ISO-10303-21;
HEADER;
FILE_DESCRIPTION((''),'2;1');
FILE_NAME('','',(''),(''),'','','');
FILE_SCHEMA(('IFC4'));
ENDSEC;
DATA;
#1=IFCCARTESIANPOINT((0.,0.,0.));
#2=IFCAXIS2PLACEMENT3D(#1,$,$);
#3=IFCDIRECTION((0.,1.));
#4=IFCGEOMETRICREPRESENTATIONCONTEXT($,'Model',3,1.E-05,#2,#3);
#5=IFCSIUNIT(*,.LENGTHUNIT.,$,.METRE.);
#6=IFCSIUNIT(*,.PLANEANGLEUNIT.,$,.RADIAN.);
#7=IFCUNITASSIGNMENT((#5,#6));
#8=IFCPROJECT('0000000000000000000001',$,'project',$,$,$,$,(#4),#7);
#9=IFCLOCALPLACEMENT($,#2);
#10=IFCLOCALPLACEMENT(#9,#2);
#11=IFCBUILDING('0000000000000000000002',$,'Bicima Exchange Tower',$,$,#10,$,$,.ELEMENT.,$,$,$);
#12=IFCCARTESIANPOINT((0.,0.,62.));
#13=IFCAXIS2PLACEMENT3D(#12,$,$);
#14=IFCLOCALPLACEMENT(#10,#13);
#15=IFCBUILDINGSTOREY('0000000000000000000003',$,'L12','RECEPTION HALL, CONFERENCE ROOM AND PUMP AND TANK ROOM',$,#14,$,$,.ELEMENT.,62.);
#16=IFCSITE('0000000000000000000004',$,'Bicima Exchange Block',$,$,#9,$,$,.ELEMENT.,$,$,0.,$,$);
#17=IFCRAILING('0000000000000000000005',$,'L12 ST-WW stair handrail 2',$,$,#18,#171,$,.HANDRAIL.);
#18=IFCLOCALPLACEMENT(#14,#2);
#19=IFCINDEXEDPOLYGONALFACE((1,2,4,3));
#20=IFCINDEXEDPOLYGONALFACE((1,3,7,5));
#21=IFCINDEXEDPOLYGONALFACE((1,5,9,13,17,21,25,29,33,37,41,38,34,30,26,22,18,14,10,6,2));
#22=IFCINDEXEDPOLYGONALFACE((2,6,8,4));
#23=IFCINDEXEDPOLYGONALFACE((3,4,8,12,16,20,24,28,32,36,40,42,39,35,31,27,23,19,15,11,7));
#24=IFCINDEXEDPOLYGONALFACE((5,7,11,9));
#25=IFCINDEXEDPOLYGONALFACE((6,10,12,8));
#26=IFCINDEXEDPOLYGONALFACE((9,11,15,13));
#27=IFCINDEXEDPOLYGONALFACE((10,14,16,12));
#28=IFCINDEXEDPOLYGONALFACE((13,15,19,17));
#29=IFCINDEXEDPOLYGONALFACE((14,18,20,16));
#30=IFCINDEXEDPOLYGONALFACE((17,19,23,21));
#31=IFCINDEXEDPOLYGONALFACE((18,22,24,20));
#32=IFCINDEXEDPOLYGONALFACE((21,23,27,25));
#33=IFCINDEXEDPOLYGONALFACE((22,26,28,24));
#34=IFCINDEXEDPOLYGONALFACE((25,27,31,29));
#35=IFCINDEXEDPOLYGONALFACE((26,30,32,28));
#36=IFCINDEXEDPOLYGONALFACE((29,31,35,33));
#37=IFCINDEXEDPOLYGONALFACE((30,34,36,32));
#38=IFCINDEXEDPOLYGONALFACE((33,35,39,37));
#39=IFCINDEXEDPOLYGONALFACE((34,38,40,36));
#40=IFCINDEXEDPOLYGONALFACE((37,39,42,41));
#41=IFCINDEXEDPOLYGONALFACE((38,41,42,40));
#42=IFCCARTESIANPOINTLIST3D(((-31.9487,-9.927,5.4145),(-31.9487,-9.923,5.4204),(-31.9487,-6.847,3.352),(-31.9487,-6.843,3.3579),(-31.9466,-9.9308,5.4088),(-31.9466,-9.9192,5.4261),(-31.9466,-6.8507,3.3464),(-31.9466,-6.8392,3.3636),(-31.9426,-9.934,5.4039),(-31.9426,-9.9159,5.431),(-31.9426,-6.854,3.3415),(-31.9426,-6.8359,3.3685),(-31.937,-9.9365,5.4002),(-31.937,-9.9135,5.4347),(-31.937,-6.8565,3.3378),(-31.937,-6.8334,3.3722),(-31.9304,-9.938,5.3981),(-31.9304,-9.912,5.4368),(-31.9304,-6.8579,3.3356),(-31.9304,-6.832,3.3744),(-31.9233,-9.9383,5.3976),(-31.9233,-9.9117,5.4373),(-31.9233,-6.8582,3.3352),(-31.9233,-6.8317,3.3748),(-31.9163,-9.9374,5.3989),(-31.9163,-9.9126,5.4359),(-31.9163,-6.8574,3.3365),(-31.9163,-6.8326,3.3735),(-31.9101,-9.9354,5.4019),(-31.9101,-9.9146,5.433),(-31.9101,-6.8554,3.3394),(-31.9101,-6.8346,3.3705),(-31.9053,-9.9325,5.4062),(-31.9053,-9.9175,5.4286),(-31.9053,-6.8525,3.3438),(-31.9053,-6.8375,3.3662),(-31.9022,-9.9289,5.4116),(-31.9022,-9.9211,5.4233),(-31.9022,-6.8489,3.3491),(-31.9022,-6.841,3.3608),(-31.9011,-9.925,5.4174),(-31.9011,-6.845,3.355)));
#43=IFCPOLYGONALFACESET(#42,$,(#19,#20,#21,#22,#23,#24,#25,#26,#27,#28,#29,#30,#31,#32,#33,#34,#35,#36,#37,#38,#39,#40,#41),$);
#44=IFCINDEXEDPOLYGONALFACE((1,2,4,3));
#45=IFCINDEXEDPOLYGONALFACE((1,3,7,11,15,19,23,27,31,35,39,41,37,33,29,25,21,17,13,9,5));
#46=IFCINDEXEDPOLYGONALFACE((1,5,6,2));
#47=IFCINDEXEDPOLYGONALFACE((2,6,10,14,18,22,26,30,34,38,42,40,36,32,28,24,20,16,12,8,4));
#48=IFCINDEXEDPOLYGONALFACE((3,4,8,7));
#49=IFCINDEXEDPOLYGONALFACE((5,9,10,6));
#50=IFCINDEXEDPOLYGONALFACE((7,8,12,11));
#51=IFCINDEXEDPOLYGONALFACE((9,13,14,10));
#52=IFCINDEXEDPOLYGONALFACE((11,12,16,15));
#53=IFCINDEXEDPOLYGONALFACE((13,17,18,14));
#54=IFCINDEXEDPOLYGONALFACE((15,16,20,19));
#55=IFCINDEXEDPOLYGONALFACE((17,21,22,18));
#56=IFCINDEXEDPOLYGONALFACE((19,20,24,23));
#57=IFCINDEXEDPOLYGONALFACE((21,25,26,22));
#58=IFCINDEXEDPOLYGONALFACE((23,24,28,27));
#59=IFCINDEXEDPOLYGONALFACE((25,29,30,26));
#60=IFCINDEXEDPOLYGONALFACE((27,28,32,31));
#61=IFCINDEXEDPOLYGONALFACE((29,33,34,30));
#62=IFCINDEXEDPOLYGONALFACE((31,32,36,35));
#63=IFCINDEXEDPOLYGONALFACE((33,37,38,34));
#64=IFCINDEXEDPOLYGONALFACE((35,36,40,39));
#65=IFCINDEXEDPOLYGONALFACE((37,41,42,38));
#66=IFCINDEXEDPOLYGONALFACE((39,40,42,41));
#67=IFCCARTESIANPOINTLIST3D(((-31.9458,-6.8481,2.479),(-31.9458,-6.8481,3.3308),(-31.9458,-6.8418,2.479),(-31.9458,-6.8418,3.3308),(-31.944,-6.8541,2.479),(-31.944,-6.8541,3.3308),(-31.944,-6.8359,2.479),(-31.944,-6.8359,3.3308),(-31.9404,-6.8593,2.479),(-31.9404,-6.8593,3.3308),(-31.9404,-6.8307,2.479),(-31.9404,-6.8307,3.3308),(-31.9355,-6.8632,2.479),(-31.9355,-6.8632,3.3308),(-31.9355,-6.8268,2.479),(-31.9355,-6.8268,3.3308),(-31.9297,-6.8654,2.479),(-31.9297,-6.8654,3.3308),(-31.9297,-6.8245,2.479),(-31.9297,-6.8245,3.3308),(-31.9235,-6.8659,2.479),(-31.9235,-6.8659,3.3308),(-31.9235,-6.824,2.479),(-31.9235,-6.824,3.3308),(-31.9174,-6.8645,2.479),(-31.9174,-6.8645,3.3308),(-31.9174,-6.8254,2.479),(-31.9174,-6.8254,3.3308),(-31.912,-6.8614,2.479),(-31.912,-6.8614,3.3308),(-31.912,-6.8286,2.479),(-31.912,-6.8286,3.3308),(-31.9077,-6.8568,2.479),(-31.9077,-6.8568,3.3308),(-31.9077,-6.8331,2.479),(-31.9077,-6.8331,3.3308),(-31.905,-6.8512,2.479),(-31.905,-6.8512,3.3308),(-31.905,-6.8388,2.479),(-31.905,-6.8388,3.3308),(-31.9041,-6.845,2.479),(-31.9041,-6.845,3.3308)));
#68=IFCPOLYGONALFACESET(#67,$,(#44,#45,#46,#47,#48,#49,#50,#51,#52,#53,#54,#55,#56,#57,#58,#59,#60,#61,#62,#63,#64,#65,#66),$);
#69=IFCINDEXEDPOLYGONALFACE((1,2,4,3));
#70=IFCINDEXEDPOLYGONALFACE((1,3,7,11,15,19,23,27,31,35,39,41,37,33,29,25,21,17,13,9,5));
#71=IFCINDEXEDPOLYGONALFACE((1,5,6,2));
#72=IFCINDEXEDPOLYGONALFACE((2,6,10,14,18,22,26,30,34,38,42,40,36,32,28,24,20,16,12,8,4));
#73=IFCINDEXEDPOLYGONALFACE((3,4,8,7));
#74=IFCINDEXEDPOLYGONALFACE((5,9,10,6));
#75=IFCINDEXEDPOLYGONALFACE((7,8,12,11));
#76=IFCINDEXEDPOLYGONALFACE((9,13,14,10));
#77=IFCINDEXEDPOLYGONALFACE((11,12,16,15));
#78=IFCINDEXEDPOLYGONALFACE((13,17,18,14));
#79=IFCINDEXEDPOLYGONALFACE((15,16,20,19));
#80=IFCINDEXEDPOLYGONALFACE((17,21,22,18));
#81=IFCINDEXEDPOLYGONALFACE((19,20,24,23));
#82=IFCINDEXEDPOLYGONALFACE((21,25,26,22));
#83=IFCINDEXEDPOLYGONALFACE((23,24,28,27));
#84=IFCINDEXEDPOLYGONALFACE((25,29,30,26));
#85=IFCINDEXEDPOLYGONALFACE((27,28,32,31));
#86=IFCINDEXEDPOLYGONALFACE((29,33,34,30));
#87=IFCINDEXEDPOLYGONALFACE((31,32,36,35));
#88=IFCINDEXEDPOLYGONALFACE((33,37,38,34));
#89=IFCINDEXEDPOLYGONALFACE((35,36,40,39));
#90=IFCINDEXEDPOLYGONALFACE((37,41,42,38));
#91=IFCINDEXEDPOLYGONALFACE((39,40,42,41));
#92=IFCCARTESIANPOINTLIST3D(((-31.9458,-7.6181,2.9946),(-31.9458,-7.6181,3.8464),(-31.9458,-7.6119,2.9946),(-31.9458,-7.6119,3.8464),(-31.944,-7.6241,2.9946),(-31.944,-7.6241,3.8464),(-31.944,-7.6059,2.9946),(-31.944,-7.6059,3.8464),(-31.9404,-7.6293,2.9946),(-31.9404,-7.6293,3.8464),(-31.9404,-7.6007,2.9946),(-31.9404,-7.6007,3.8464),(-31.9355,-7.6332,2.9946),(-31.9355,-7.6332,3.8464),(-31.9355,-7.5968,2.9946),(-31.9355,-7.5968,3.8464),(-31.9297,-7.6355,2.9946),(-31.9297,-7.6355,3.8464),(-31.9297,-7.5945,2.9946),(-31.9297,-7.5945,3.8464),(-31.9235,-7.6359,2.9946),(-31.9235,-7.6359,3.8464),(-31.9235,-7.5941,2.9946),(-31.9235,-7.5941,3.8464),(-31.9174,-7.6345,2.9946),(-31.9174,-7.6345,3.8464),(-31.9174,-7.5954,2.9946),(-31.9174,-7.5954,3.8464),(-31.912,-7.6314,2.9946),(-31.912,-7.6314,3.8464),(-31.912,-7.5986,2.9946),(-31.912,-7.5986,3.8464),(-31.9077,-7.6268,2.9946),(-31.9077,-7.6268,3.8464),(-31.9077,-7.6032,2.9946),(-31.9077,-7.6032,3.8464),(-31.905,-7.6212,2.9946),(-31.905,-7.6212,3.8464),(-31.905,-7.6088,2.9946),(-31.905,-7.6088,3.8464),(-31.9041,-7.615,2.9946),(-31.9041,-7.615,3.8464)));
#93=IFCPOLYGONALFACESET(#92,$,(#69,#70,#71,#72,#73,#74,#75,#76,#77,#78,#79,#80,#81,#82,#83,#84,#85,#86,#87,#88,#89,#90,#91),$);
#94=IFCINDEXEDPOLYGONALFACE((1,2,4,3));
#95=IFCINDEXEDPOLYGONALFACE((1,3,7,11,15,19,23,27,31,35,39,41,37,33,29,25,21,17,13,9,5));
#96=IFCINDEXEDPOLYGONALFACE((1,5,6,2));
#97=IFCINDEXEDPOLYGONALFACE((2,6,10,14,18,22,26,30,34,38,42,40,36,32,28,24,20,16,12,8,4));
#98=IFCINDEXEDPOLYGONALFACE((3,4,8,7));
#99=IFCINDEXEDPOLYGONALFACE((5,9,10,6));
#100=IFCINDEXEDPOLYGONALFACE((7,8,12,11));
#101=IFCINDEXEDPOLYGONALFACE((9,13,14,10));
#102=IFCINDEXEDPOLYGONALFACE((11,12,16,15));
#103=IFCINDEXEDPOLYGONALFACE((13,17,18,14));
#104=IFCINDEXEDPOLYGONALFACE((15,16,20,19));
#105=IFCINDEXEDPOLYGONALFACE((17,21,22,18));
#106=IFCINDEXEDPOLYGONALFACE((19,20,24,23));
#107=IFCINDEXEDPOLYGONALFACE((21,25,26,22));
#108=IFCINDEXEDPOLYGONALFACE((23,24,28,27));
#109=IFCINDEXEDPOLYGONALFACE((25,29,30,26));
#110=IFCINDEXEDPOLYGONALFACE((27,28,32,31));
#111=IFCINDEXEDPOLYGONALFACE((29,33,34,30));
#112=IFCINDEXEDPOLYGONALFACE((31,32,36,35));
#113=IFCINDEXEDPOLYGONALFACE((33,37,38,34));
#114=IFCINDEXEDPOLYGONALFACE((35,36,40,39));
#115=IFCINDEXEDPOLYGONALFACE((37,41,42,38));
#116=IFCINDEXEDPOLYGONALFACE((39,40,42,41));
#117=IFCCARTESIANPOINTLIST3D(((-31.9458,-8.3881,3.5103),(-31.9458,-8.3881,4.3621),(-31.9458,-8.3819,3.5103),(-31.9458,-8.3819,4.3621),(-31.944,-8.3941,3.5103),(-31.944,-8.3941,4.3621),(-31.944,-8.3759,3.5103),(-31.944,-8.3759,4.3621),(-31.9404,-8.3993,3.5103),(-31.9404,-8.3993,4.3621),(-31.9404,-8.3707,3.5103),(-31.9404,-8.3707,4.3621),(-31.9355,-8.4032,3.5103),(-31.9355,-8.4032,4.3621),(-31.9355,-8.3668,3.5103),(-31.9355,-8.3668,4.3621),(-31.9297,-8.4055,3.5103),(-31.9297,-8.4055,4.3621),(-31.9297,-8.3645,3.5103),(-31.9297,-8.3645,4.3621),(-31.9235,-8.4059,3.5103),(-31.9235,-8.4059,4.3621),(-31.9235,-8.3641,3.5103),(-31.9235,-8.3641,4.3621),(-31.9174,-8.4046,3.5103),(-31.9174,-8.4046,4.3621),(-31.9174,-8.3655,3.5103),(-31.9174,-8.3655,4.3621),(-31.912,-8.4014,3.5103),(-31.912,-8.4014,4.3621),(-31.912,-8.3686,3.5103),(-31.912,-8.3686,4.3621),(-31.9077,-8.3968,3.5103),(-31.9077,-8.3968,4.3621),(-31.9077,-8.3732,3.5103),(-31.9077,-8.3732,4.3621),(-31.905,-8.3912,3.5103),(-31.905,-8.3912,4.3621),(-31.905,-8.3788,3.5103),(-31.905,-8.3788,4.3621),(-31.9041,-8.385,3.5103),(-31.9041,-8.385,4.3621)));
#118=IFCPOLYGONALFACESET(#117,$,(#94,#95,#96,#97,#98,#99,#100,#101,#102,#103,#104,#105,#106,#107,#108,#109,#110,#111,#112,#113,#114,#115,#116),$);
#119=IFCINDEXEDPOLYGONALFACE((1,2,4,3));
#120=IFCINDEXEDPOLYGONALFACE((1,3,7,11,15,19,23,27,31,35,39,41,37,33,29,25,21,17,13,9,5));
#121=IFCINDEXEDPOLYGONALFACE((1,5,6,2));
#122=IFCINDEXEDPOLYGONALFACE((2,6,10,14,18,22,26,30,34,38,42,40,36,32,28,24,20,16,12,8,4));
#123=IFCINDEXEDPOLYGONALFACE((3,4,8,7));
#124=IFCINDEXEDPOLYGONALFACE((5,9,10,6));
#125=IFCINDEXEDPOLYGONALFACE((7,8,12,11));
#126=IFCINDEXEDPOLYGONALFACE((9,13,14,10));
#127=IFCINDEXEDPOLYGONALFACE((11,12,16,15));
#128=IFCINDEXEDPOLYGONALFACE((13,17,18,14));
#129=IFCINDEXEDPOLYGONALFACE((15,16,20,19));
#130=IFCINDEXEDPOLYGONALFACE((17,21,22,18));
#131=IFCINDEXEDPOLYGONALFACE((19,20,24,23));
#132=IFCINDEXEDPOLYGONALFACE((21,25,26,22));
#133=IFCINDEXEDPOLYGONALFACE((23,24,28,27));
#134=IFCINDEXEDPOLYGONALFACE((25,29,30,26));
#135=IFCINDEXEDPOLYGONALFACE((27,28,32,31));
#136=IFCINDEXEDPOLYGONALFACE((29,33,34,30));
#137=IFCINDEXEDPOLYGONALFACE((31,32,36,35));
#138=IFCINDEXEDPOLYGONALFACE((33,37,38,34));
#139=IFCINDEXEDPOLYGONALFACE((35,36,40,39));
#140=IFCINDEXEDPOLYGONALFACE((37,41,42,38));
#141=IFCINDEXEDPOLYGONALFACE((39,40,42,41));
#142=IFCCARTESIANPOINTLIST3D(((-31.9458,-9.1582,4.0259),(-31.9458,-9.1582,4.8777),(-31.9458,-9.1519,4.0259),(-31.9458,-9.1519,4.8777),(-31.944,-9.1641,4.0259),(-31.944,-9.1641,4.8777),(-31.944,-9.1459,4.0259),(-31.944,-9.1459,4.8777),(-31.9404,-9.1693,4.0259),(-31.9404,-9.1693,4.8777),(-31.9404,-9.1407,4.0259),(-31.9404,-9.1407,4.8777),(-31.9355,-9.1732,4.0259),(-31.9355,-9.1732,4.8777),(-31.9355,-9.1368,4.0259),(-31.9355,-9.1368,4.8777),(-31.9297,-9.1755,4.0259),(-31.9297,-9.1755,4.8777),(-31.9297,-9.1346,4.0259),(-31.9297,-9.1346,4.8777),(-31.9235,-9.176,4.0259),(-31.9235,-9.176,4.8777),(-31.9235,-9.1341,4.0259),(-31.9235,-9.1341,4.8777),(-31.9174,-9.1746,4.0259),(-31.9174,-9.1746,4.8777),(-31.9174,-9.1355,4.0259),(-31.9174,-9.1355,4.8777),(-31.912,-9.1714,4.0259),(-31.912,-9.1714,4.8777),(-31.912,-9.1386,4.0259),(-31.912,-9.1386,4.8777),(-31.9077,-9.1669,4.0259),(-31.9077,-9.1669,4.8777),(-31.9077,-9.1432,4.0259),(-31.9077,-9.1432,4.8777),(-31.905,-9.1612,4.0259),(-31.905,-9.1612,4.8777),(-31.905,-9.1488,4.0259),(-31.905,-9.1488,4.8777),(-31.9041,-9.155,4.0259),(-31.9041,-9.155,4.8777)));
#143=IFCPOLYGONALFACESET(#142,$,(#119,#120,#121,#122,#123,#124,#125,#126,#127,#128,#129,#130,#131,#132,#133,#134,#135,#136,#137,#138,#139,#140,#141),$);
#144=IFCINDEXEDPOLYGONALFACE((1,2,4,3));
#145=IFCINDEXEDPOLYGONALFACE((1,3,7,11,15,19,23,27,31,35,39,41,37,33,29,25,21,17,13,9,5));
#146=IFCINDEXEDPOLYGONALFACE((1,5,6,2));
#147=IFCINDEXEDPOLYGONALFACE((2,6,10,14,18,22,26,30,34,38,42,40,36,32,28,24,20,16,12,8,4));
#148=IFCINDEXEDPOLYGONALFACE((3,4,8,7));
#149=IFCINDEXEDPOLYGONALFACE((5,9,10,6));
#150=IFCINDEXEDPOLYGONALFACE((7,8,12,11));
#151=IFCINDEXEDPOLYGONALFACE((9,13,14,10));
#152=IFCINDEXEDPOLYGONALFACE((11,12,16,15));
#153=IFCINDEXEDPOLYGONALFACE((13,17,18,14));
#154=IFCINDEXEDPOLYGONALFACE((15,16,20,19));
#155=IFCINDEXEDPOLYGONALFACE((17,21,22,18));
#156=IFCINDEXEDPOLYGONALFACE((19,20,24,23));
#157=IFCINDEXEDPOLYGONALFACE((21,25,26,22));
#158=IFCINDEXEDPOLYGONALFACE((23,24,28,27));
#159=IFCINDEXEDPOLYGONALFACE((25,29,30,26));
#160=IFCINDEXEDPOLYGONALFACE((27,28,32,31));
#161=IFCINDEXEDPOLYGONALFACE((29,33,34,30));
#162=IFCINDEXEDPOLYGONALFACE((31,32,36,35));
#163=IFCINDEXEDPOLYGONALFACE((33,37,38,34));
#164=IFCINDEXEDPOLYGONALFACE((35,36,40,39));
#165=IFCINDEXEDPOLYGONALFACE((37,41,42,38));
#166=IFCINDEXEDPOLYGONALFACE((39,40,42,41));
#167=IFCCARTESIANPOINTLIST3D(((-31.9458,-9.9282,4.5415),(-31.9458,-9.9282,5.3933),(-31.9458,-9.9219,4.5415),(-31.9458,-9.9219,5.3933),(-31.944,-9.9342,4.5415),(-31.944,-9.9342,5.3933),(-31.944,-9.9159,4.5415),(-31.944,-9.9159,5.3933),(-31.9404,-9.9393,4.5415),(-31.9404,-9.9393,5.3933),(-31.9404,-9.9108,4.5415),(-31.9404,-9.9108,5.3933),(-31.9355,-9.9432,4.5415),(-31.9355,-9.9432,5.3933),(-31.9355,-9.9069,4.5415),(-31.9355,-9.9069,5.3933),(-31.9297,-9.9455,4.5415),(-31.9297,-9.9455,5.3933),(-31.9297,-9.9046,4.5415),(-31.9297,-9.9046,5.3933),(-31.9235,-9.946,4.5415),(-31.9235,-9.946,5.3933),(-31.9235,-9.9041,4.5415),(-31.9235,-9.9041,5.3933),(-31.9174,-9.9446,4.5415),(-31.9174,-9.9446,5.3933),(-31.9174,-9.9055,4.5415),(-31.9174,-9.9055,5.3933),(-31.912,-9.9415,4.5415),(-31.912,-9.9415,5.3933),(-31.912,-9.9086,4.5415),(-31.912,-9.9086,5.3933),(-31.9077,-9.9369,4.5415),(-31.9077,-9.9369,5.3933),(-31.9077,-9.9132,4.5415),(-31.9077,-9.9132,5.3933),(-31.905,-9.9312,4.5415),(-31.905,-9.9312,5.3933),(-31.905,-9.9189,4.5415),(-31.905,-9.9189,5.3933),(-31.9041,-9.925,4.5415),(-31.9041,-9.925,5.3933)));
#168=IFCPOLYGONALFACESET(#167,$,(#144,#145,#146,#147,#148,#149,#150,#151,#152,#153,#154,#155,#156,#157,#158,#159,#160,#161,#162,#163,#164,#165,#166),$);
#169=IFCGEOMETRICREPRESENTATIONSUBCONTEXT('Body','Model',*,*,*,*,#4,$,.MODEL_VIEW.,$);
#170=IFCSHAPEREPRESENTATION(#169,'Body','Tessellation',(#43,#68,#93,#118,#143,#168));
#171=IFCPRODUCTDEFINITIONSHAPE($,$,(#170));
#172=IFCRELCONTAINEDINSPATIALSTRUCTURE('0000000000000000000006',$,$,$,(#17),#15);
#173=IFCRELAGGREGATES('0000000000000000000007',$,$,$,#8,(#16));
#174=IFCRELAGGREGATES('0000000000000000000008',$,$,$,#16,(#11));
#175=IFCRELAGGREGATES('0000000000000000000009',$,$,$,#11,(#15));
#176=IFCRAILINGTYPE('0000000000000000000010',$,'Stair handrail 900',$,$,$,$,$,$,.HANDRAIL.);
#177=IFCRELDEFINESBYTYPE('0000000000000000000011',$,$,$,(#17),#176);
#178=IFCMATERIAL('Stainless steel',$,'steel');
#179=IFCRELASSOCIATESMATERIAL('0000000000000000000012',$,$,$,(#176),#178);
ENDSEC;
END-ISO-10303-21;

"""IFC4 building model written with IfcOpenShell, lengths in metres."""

from ifc_helpers import new_model, si_unit, direction, frame, origin, origin_2d, place, context, subcontext, project, spatial, circle, extrude, material, type_object, element, save


model = new_model("IFC4")

# Units and contexts
model_context = context("Model", 3, precision=1e-05, world=origin(), true_north=direction((0.0, 1.0)))
body_context = subcontext(model_context, "Body", "Model", "MODEL_VIEW")
ifc_project = project(units=[si_unit("LENGTHUNIT", "METRE"), si_unit("PLANEANGLEUNIT", "RADIAN")], contexts=[model_context])

# Site, building, storey
site_placement = place(None, origin())
site = spatial("IfcSite", under=ifc_project, at=site_placement, Name="Bicima Exchange Block", CompositionType="ELEMENT", RefElevation=0.0)
building_placement = place(site_placement, origin())
building = spatial("IfcBuilding", under=site, at=building_placement, Name="Bicima Exchange Tower", CompositionType="ELEMENT")
storey_placement = place(building_placement, frame((0.0, 0.0, 62.0)))
storey = spatial("IfcBuildingStorey", under=building, at=storey_placement, Name="L12", Description="RECEPTION HALL, CONFERENCE ROOM AND PUMP AND TANK ROOM", CompositionType="ELEMENT", Elevation=62.0)

# Railing
ifc_material_1 = material(Name="Stainless steel", Category="steel")
railing_type = type_object("IfcRailingType", Name="Stair handrail 900", PredefinedType="HANDRAIL", material=ifc_material_1)
railing_placement = place(storey_placement, frame((-31.925, -6.845, 2.479)))
element("IfcRailing", 1, at=railing_placement, inside=storey, type_object=railing_type, Name="L12 ST-WW stair handrail 2", PredefinedType="HANDRAIL", context=body_context, shape_type="SweptSolid", body=[
    extrude(circle(Radius=0.0239, at=origin_2d()), frame((0.0, 0.0, 0.876), z_axis=(0.0, -0.830914, 0.556401), x_axis=(1.0, 0.0, 0.0)), (0.0, 0.0, 1.0), 3.7068),
    extrude(circle(Radius=0.021, at=origin_2d()), origin(), (0.0, 0.0, 1.0), 0.8518),
    extrude(circle(Radius=0.021, at=origin_2d()), frame((0.0, -0.77, 0.5156)), (0.0, 0.0, 1.0), 0.8518),
    extrude(circle(Radius=0.021, at=origin_2d()), frame((0.0, -1.54, 1.0312)), (0.0, 0.0, 1.0), 0.8518),
    extrude(circle(Radius=0.021, at=origin_2d()), frame((0.0, -2.3101, 1.5469)), (0.0, 0.0, 1.0), 0.8518),
    extrude(circle(Radius=0.021, at=origin_2d()), frame((0.0, -3.0801, 2.0625)), (0.0, 0.0, 1.0), 0.8518),
])

save(model, "model.ifc")
